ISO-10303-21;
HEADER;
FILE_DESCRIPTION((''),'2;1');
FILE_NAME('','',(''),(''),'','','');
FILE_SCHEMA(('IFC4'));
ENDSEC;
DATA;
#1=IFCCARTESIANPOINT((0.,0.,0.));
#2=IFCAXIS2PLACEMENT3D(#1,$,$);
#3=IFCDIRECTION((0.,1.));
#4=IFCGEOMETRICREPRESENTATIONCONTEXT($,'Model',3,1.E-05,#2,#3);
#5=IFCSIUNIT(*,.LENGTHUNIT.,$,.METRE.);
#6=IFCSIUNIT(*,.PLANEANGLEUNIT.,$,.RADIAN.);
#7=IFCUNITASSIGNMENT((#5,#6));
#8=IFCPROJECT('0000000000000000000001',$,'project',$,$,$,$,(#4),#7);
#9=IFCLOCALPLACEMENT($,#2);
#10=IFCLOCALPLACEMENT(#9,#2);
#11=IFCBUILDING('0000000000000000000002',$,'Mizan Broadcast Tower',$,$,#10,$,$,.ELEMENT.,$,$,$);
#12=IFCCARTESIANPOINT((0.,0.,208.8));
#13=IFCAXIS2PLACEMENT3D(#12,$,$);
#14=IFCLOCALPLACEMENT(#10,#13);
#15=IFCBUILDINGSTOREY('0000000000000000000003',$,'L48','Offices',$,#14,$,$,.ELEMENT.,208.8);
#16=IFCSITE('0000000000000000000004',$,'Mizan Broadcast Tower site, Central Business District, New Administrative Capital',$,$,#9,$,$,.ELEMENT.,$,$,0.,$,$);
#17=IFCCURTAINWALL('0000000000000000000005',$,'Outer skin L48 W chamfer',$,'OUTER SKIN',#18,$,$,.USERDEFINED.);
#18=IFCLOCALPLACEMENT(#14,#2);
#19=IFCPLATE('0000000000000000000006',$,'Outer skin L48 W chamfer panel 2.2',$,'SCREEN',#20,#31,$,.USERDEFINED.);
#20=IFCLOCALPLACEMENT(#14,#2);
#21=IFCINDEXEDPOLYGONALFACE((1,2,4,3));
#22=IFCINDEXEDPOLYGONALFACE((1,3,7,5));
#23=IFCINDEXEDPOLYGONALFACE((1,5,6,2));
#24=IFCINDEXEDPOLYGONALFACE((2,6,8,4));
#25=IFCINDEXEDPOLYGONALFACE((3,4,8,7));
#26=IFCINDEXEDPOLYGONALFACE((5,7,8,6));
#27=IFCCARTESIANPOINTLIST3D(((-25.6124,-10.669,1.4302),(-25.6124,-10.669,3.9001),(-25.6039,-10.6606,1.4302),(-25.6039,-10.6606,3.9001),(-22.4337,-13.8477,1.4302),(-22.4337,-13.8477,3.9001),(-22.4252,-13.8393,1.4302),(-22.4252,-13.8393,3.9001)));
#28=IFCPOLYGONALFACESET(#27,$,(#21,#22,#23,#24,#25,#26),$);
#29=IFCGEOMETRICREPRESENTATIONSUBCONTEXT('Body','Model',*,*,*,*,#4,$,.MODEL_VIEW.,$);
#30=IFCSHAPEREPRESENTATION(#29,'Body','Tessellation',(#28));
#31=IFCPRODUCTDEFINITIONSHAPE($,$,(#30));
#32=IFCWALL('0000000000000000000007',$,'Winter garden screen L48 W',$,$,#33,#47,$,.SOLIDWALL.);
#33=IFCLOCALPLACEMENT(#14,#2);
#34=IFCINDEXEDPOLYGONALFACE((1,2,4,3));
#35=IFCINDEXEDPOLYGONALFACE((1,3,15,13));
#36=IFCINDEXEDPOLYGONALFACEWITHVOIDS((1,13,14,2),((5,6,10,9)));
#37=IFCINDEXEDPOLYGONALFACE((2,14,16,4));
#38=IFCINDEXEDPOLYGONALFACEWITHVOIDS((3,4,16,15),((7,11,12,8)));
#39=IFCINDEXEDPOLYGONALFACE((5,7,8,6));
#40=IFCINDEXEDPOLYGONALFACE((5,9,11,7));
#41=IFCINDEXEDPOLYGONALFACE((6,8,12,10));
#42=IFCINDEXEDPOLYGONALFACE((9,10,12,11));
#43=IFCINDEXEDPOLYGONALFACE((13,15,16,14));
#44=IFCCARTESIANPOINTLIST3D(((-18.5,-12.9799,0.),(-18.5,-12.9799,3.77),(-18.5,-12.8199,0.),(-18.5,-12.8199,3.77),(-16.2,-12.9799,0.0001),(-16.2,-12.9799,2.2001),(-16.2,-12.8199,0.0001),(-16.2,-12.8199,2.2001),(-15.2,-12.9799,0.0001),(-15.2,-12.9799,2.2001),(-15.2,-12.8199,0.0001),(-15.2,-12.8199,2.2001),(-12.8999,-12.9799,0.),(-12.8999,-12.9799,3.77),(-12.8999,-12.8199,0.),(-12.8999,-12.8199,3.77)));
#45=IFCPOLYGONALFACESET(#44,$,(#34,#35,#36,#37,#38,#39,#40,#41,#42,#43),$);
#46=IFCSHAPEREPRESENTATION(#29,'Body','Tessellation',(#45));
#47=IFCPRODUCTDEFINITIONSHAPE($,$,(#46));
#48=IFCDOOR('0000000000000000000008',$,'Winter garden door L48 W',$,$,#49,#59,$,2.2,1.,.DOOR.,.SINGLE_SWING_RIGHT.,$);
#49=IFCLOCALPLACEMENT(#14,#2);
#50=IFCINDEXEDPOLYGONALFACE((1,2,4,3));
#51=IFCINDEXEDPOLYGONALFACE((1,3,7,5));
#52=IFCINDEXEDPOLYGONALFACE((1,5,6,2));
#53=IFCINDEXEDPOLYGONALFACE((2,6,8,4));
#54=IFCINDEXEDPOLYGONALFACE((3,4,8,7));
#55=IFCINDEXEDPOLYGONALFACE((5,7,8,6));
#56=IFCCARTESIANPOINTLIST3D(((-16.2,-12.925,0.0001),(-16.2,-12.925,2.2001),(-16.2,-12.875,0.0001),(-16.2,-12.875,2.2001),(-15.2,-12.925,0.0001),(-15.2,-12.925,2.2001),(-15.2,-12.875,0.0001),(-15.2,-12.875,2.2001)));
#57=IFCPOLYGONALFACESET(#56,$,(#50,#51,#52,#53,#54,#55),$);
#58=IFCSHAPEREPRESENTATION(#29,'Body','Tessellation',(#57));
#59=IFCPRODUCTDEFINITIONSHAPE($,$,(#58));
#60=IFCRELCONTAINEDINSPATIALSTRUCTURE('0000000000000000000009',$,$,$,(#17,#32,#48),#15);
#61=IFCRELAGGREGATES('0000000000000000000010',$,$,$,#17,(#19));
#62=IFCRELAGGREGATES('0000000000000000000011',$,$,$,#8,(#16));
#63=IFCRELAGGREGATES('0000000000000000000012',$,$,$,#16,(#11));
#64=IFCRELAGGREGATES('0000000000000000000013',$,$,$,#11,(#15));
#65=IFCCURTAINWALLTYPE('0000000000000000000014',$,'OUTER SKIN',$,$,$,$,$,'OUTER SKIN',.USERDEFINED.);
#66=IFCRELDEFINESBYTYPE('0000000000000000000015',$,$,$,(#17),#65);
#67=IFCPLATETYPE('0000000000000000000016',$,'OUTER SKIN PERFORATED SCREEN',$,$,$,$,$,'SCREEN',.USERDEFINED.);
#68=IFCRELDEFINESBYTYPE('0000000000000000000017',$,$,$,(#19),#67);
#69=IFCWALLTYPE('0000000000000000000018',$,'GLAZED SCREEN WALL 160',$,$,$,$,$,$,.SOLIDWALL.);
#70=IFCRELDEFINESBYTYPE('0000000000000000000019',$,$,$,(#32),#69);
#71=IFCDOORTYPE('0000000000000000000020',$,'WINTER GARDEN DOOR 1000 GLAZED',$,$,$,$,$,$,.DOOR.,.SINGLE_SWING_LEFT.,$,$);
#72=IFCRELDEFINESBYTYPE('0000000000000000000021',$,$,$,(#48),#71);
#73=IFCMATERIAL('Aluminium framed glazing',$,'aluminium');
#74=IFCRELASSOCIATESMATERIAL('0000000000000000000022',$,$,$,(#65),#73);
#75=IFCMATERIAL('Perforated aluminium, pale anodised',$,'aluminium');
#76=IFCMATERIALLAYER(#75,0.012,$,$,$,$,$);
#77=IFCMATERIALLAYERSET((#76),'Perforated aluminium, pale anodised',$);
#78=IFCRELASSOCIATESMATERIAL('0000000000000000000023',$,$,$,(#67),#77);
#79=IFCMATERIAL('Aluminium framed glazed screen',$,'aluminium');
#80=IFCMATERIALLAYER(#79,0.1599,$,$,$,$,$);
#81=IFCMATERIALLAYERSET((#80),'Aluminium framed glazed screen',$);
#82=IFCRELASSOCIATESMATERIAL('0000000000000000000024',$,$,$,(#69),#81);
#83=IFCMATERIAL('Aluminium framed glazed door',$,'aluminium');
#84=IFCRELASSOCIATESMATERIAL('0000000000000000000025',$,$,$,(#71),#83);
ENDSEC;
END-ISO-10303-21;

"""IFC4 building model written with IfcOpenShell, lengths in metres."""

from ifc_helpers import new_model, si_unit, direction, frame, frame_2d, origin, origin_2d, place, context, subcontext, project, spatial, rectangle, extrude, material, layer, layer_set, type_object, element, fill, aggregate, save


model = new_model("IFC4")

# Units and contexts
model_context = context("Model", 3, precision=1e-05, world=origin(), true_north=direction((0.0, 1.0)))
body_context = subcontext(model_context, "Body", "Model", "MODEL_VIEW")
ifc_project = project(units=[si_unit("LENGTHUNIT", "METRE"), si_unit("PLANEANGLEUNIT", "RADIAN")], contexts=[model_context])

# Site, building, storey
site_placement = place(None, origin())
site = spatial("IfcSite", under=ifc_project, at=site_placement, Name="Mizan Broadcast Tower site, Central Business District, New Administrative Capital", CompositionType="ELEMENT", RefElevation=0.0)
building_placement = place(site_placement, origin())
building = spatial("IfcBuilding", under=site, at=building_placement, Name="Mizan Broadcast Tower", CompositionType="ELEMENT")
storey_placement = place(building_placement, frame((0.0, 0.0, 208.8)))
storey = spatial("IfcBuildingStorey", under=building, at=storey_placement, Name="L48", Description="Offices", CompositionType="ELEMENT", Elevation=208.8)

# Curtain wall
ifc_material_1 = material(Name="Aluminium framed glazing", Category="aluminium")
curtain_wall_type_1 = type_object("IfcCurtainWallType", Name="OUTER SKIN", ElementType="OUTER SKIN", PredefinedType="USERDEFINED", material=ifc_material_1)
curtain_wall_1_placement = place(storey_placement, origin())
curtain_wall_1 = element("IfcCurtainWall", 1, at=curtain_wall_1_placement, inside=storey, type_object=curtain_wall_type_1, Name="Outer skin L48 W chamfer", ObjectType="OUTER SKIN", PredefinedType="USERDEFINED")

# Plate
ifc_material_2 = material(Name="Perforated aluminium, pale anodised", Category="aluminium")
ifc_layer_1 = layer(ifc_material_2, 0.012)
ifc_layer_set_1 = layer_set([ifc_layer_1], Name="Perforated aluminium, pale anodised")
plate_type_1 = type_object("IfcPlateType", Name="OUTER SKIN PERFORATED SCREEN", ElementType="SCREEN", PredefinedType="USERDEFINED", material=ifc_layer_set_1)
plate_1_placement = place(storey_placement, frame((-24.0188, -12.2542, 1.4302), z_axis=(0.0, 0.0, 1.0), x_axis=(0.707107, -0.707107, 0.0)))
plate_1 = element("IfcPlate", 2, at=plate_1_placement, type_object=plate_type_1, Name="Outer skin L48 W chamfer panel 2.2", ObjectType="SCREEN", PredefinedType="USERDEFINED", context=body_context, shape_type="SweptSolid", body=[
    extrude(rectangle(XDim=4.4954, YDim=0.012, at=origin_2d()), origin(), (0.0, 0.0, 1.0), 2.47),
])
aggregate(curtain_wall_1, [plate_1])

# Wall, opening, door
ifc_material_3 = material(Name="Aluminium framed glazed screen", Category="aluminium")
ifc_layer_2 = layer(ifc_material_3, 0.1599)
ifc_layer_set_2 = layer_set([ifc_layer_2], Name="Aluminium framed glazed screen")
wall_type = type_object("IfcWallType", Name="GLAZED SCREEN WALL 160", PredefinedType="SOLIDWALL", material=ifc_layer_set_2)
wall_placement = place(storey_placement, frame((-18.5, -12.8999, 0.0), z_axis=(0.0, 0.0, 1.0), x_axis=(1.0, 0.0, 0.0)))
wall = element("IfcWall", 3, at=wall_placement, inside=storey, type_object=wall_type, Name="Winter garden screen L48 W", PredefinedType="SOLIDWALL", context=body_context, shape_type="SweptSolid", body=[
    extrude(rectangle(XDim=5.6001, YDim=0.1599, at=frame_2d((2.8, 0.0))), origin(), (0.0, 0.0, 1.0), 3.77),
])
opening_placement = place(wall_placement, frame((2.3, 0.0, 0.0)))
opening = element("IfcOpeningElement", 4, at=opening_placement, cuts=wall, PredefinedType="OPENING", context=body_context, shape_type="SweptSolid", body=[
    extrude(rectangle(XDim=1.0, YDim=2.2, at=frame_2d((0.5, 1.1001))), frame((0.0, 0.0898, 0.0), z_axis=(0.0, -1.0, 0.0), x_axis=(1.0, 0.0, 0.0)), (0.0, 0.0, 1.0), 0.1799),
])
ifc_material_4 = material(Name="Aluminium framed glazed door", Category="aluminium")
door_type = type_object("IfcDoorType", Name="WINTER GARDEN DOOR 1000 GLAZED", OperationType="SINGLE_SWING_LEFT", PredefinedType="DOOR", material=ifc_material_4)
door_placement = place(opening_placement, origin())
door = element("IfcDoor", 5, at=door_placement, inside=storey, type_object=door_type, Name="Winter garden door L48 W", OperationType="SINGLE_SWING_RIGHT", OverallHeight=2.2, OverallWidth=1.0, PredefinedType="DOOR", context=body_context, shape_type="SweptSolid", body=[
    extrude(rectangle(XDim=1.0, YDim=2.2, at=frame_2d((0.5, 1.1001))), frame((0.0, 0.0249, 0.0), z_axis=(0.0, -1.0, 0.0), x_axis=(1.0, 0.0, 0.0)), (0.0, 0.0, 1.0), 0.05),
])
fill(opening, door)

save(model, "model.ifc")
